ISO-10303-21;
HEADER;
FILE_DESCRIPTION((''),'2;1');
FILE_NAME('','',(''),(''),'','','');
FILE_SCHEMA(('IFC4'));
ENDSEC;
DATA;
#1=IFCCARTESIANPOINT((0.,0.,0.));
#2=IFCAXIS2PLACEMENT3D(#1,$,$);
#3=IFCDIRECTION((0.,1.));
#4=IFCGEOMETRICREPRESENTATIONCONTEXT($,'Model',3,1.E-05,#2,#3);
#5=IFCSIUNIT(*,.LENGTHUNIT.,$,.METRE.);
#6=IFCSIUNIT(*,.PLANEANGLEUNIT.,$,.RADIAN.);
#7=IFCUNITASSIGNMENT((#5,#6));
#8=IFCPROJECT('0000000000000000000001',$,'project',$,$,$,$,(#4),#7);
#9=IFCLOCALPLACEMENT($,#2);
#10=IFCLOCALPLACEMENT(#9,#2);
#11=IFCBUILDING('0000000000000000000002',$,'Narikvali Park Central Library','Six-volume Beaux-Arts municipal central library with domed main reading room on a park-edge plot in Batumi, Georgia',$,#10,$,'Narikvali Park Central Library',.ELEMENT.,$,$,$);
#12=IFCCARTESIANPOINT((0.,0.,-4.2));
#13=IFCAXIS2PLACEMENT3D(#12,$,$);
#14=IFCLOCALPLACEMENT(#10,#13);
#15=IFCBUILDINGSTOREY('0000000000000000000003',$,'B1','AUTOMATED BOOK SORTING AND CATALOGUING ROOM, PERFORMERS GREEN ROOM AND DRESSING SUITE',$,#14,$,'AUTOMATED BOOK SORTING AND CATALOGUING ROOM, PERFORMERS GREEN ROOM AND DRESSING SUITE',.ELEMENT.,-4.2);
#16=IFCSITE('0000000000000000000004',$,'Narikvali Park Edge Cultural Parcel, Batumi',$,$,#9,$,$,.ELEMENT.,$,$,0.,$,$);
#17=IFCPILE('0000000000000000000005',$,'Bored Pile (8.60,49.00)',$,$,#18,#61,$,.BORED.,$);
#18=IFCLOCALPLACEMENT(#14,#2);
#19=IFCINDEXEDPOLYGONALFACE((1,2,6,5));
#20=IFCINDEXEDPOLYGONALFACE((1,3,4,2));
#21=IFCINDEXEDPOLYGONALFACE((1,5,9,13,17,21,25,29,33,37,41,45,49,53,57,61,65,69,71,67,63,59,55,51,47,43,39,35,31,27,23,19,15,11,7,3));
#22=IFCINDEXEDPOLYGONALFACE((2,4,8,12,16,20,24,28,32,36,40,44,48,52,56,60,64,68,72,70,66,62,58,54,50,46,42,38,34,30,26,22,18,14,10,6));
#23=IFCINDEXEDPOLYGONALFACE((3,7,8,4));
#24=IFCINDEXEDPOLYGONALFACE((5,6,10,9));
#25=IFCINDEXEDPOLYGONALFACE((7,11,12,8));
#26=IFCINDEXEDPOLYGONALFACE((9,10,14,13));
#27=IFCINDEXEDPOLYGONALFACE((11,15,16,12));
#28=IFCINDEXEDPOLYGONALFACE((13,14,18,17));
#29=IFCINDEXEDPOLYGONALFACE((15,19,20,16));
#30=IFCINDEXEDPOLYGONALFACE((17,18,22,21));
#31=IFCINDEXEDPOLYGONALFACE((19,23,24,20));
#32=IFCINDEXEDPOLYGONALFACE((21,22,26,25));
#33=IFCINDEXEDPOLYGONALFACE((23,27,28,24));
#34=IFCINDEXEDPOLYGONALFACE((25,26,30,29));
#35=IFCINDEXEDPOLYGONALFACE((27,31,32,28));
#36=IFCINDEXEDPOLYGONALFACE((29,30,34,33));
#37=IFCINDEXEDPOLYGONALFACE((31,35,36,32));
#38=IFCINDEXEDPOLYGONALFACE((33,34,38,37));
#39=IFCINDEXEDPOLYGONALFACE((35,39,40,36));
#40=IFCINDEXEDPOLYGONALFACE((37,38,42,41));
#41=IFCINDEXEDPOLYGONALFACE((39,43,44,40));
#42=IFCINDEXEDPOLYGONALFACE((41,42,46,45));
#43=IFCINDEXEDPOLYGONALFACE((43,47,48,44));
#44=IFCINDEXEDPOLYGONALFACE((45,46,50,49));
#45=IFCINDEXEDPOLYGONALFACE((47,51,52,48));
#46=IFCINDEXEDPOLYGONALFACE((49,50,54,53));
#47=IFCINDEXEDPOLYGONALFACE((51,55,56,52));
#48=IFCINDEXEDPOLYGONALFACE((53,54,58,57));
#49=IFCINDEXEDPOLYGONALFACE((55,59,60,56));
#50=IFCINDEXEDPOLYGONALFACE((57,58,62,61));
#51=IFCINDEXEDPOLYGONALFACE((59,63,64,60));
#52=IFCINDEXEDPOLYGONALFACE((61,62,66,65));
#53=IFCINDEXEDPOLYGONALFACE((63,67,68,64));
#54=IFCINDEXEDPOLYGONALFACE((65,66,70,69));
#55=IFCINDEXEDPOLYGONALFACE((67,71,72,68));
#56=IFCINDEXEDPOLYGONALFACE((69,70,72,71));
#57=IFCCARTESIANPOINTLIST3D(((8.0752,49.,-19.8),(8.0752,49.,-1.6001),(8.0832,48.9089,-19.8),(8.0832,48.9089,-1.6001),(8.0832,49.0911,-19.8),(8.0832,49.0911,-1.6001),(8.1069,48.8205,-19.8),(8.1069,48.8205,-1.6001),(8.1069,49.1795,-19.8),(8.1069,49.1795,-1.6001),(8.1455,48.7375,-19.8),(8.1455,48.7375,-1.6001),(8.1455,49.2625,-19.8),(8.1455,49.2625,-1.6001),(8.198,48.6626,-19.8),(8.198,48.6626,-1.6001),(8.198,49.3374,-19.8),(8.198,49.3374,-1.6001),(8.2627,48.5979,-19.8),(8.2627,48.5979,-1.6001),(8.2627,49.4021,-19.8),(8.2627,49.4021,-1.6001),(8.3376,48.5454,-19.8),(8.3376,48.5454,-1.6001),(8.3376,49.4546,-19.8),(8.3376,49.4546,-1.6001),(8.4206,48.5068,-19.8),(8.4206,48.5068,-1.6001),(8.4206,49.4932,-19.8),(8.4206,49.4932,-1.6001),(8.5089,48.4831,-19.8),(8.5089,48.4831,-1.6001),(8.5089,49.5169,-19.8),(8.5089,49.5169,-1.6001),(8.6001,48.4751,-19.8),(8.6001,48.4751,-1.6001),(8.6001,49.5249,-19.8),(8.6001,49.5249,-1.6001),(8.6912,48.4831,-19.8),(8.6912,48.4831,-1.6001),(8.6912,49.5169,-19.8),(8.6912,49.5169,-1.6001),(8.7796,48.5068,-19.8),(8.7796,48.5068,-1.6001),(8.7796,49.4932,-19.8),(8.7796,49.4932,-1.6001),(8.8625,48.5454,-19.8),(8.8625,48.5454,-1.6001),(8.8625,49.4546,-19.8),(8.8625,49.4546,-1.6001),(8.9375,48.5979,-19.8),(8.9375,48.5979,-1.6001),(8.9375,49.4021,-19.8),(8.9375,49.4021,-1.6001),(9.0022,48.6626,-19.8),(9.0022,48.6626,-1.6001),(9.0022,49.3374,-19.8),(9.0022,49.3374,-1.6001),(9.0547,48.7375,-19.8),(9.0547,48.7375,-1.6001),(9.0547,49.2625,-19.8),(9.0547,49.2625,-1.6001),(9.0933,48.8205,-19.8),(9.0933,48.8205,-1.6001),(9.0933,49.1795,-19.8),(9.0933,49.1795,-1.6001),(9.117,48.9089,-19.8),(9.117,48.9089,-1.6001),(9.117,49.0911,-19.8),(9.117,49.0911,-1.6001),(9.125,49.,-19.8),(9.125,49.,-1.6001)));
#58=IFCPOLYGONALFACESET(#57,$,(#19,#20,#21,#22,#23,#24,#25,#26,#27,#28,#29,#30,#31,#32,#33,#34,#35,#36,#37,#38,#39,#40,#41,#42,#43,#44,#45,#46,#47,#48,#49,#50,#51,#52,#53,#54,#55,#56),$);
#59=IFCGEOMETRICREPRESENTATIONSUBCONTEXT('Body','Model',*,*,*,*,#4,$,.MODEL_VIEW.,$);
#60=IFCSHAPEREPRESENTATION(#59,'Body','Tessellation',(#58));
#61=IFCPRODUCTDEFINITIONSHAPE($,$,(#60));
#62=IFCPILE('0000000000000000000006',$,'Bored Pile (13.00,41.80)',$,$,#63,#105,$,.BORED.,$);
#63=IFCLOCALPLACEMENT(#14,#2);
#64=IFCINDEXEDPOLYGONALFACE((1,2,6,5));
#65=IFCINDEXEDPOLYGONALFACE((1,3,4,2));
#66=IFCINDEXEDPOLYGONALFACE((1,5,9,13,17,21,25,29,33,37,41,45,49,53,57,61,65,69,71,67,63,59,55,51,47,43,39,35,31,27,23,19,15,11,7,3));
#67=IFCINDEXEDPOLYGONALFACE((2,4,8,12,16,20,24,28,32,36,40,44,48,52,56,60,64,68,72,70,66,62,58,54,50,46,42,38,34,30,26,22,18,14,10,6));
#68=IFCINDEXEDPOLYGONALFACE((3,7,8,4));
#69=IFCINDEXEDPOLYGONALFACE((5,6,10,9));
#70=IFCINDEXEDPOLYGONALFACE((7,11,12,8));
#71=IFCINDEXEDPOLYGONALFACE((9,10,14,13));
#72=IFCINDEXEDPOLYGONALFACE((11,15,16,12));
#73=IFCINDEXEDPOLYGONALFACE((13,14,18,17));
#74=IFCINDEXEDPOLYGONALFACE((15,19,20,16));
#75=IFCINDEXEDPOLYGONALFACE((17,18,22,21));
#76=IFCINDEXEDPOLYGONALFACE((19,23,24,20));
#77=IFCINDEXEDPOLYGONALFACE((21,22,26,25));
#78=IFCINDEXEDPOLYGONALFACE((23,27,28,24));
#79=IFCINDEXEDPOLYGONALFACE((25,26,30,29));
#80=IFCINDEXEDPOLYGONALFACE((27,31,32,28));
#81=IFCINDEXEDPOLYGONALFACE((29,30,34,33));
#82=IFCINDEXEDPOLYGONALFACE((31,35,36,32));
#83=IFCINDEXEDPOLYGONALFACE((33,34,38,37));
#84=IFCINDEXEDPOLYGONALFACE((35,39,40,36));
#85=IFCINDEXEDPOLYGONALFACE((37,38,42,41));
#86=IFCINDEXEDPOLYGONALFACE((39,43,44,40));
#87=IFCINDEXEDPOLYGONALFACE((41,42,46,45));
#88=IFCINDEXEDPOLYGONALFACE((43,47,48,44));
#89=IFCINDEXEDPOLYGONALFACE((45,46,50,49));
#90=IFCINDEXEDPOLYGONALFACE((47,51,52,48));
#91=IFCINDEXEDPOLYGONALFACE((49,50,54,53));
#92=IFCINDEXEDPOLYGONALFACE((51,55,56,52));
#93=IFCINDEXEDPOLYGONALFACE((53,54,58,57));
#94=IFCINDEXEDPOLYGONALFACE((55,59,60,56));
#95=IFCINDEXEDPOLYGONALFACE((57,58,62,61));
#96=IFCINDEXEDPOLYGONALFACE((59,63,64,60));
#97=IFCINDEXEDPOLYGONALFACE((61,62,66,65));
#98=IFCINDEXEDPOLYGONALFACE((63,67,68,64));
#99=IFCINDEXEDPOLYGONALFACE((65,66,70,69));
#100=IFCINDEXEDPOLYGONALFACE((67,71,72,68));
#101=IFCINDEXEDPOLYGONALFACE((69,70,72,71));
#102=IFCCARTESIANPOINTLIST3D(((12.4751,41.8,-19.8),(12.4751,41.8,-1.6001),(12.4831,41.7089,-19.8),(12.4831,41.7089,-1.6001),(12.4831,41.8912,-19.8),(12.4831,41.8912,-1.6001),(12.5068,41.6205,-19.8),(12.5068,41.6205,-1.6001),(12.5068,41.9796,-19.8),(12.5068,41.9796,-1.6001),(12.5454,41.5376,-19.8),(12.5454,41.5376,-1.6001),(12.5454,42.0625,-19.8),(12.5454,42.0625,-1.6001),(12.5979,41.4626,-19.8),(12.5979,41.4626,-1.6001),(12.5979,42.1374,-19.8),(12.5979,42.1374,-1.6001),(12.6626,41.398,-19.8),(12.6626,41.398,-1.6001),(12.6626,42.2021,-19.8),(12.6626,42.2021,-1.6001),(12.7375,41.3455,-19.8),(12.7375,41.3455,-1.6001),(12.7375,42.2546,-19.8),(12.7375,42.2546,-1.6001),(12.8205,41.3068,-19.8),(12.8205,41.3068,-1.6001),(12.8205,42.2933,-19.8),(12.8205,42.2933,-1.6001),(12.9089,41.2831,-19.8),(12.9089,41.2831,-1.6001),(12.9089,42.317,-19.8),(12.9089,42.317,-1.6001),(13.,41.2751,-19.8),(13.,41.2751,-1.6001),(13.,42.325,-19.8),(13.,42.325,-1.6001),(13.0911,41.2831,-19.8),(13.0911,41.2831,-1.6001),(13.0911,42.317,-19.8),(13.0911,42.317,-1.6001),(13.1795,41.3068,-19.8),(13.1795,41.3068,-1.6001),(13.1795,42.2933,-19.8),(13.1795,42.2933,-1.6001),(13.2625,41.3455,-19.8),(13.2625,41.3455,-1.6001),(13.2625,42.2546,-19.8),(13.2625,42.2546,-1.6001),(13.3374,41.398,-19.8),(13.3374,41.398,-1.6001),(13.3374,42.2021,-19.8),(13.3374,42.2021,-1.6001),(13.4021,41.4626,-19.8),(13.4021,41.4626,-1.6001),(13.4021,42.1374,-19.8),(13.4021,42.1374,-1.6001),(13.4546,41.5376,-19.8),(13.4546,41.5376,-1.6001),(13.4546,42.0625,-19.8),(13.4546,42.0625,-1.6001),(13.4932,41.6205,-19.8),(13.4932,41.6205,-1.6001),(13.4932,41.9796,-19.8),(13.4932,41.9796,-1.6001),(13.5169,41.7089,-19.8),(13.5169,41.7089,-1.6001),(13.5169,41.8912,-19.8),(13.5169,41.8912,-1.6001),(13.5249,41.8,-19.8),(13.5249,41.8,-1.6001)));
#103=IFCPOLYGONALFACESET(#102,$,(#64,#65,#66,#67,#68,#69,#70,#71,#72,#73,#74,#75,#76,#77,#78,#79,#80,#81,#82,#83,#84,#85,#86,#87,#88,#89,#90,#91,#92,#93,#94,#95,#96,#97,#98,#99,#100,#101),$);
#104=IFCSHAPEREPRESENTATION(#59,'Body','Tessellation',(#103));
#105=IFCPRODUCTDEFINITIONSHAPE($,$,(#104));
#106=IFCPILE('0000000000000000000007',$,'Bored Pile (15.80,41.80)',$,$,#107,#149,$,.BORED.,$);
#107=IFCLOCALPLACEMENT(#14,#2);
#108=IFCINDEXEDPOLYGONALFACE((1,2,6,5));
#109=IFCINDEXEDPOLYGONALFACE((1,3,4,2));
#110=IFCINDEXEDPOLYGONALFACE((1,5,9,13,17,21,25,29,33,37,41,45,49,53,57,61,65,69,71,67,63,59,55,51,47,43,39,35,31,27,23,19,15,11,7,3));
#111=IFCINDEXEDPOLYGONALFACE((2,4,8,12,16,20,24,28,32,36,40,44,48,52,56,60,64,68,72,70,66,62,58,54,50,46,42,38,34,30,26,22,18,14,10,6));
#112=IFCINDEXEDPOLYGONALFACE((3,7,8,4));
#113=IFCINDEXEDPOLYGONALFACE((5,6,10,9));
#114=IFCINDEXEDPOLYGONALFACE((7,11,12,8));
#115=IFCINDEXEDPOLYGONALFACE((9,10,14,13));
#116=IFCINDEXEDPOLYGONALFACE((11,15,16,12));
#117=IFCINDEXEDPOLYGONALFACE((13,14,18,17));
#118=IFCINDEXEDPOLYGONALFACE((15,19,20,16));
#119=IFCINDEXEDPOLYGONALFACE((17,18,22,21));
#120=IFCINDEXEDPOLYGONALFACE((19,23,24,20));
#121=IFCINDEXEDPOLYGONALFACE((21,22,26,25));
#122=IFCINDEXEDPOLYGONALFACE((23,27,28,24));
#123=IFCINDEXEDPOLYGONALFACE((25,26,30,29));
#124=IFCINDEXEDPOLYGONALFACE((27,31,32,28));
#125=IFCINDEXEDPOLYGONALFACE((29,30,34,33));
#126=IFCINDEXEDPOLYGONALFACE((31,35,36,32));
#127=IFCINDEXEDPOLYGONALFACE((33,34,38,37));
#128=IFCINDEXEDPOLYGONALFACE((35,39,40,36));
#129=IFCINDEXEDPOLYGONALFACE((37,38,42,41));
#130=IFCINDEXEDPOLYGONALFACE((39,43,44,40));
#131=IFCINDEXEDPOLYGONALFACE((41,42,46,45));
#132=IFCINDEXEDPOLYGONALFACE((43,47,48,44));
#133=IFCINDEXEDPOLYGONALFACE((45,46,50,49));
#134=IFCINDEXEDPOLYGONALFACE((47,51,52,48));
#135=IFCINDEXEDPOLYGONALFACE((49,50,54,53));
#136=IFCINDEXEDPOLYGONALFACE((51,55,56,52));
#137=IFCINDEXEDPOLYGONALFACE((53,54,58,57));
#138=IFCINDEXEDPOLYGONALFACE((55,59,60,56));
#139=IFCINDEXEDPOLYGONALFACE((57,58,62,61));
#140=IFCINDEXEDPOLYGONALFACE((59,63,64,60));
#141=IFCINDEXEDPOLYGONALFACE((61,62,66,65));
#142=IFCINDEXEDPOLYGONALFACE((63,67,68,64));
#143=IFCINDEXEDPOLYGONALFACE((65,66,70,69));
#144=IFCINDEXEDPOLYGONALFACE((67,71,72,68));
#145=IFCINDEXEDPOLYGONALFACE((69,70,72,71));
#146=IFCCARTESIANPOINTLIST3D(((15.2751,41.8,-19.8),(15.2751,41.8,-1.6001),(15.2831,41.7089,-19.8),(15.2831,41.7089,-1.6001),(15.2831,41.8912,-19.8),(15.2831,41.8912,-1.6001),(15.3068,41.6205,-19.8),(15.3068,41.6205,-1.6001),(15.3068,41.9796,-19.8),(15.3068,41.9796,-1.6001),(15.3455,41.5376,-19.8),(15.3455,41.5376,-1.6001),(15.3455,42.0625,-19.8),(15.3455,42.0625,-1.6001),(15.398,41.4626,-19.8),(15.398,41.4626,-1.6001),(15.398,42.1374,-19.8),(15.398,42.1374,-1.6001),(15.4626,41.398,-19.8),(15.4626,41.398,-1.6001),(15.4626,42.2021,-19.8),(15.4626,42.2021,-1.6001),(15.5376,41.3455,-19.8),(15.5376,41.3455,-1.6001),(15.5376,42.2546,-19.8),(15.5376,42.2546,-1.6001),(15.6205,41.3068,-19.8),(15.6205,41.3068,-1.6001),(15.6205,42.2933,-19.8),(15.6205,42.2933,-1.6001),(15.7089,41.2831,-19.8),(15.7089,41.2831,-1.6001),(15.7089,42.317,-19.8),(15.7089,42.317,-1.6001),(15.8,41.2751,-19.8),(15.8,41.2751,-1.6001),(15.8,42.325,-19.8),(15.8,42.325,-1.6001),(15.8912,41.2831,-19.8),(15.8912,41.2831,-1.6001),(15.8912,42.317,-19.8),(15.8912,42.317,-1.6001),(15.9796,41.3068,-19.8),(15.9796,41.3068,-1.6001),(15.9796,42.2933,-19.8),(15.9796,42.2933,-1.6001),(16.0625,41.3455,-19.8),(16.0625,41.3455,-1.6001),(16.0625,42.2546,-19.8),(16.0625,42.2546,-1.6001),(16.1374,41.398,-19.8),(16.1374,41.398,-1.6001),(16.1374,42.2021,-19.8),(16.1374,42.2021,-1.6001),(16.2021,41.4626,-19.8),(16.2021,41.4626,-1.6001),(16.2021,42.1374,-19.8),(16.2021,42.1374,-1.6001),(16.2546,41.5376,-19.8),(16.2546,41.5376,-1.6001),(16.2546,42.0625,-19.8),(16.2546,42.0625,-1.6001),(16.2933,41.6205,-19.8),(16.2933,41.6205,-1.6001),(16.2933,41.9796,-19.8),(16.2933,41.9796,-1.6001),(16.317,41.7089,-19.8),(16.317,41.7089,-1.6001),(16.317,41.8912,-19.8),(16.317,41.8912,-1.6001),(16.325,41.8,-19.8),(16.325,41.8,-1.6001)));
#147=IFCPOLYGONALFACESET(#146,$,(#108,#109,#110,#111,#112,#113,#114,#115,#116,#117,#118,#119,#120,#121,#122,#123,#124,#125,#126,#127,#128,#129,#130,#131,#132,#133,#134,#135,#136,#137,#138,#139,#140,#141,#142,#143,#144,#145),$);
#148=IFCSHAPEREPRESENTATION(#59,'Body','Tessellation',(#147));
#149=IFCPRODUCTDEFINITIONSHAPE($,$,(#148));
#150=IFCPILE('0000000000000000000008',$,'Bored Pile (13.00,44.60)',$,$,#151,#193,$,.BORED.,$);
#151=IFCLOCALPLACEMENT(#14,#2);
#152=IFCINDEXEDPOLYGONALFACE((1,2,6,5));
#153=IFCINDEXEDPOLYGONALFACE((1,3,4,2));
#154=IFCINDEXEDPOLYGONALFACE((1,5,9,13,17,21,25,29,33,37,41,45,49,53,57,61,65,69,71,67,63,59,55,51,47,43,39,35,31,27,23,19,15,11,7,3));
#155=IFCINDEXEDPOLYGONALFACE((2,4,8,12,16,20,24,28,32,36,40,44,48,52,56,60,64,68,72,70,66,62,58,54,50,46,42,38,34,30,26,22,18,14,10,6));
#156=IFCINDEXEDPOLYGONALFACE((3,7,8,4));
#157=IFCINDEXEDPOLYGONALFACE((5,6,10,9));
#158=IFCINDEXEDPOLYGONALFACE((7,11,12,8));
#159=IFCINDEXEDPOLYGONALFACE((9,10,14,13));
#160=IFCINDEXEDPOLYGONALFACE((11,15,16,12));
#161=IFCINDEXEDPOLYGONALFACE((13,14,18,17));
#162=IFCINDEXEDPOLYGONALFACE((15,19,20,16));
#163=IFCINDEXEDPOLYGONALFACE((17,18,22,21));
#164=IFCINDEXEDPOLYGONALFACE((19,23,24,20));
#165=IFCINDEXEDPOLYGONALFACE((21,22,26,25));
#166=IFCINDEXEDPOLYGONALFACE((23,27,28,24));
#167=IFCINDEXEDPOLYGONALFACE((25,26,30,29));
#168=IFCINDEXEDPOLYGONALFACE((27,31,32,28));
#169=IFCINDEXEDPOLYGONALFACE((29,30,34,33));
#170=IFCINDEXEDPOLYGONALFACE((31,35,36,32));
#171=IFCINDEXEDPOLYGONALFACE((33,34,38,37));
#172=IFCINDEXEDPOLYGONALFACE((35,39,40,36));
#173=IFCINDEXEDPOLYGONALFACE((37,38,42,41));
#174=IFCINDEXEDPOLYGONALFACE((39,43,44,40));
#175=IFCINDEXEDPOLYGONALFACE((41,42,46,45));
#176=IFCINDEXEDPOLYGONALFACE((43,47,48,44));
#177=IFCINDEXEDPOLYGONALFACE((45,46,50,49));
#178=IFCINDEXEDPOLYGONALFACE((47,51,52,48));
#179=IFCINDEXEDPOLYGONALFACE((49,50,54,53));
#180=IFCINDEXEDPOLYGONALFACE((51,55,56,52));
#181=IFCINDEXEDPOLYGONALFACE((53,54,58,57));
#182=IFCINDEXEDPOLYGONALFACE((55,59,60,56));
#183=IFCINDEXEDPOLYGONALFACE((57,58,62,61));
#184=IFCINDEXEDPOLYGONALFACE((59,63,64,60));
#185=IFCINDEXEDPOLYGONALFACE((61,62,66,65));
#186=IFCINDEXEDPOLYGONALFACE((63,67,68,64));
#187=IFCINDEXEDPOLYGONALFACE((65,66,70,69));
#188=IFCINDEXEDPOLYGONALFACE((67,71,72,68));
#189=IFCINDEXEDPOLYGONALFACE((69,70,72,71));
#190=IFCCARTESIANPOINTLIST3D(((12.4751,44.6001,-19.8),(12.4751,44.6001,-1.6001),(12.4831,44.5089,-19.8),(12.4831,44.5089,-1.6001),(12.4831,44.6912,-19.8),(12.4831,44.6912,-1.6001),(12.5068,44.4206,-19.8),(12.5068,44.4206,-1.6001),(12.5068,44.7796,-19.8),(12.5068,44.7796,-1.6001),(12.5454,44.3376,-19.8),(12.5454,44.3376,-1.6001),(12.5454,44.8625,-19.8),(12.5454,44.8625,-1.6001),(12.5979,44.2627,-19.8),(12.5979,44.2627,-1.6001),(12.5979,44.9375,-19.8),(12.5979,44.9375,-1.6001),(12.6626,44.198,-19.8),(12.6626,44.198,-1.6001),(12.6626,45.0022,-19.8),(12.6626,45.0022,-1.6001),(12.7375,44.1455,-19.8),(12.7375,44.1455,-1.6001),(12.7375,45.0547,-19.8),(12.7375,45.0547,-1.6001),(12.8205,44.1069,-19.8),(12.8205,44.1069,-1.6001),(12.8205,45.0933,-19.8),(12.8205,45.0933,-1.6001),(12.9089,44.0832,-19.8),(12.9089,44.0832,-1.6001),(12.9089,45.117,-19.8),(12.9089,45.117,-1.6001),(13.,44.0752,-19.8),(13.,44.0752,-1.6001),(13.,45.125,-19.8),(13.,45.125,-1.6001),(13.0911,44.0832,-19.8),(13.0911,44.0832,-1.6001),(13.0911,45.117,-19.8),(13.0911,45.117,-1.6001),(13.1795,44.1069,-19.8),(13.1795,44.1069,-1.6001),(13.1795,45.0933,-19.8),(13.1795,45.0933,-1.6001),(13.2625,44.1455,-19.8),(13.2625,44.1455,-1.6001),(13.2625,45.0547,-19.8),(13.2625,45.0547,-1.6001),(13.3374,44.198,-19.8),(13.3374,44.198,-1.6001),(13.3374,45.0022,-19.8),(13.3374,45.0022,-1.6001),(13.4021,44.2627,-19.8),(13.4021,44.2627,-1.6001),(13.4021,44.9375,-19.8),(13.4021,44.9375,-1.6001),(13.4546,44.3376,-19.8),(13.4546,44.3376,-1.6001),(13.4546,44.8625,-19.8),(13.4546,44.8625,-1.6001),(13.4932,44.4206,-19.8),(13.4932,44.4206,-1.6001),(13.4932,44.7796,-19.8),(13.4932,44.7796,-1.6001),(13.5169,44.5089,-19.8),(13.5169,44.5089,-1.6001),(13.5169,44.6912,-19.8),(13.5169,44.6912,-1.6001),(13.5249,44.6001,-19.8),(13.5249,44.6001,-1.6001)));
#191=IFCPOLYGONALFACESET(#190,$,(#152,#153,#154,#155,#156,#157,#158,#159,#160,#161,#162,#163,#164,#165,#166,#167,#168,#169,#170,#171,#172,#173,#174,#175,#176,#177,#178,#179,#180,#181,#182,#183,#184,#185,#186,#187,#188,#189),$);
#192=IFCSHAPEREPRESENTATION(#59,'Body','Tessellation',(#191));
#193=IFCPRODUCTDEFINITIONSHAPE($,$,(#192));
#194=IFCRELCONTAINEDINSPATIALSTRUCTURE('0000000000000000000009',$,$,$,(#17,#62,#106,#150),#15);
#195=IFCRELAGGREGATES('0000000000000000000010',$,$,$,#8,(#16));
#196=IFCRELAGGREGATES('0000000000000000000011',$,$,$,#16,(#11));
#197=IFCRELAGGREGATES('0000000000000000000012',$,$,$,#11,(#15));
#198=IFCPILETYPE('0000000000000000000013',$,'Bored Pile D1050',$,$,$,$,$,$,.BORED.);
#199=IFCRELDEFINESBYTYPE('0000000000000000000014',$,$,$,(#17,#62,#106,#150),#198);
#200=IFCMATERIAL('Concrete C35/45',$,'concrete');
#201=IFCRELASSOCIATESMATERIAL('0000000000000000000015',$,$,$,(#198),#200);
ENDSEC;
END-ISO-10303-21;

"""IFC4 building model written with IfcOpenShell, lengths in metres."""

from ifc_helpers import new_model, si_unit, direction, frame, origin, origin_2d, place, context, subcontext, project, spatial, circle, extrude, material, material_profile, profile_set, type_object, element, save


model = new_model("IFC4")

# Units and contexts
model_context = context("Model", 3, precision=1e-05, world=origin(), true_north=direction((0.0, 1.0)))
body_context = subcontext(model_context, "Body", "Model", "MODEL_VIEW")
ifc_project = project(units=[si_unit("LENGTHUNIT", "METRE"), si_unit("PLANEANGLEUNIT", "RADIAN")], contexts=[model_context])

# Site, building, storey
site_placement = place(None, origin())
site = spatial("IfcSite", under=ifc_project, at=site_placement, Name="Narikvali Park Edge Cultural Parcel, Batumi", CompositionType="ELEMENT", RefElevation=0.0)
building_placement = place(site_placement, origin())
building = spatial("IfcBuilding", under=site, at=building_placement, Name="Narikvali Park Central Library", Description="Six-volume Beaux-Arts municipal central library with domed main reading room on a park-edge plot in Batumi, Georgia", LongName="Narikvali Park Central Library", CompositionType="ELEMENT")
storey_placement = place(building_placement, frame((0.0, 0.0, -4.2)))
storey = spatial("IfcBuildingStorey", under=building, at=storey_placement, Name="B1", Description="AUTOMATED BOOK SORTING AND CATALOGUING ROOM, PERFORMERS GREEN ROOM AND DRESSING SUITE", LongName="AUTOMATED BOOK SORTING AND CATALOGUING ROOM, PERFORMERS GREEN ROOM AND DRESSING SUITE", CompositionType="ELEMENT", Elevation=-4.2)

# Piles
ifc_material_1 = material(Name="Concrete C35/45", Category="concrete")
ifc_material_profile_1 = material_profile(ifc_material_1, circle(Radius=0.5249, at=origin_2d()), Name="PILE D1050")
ifc_profile_set_1 = profile_set([ifc_material_profile_1], Name="Concrete C35/45")
pile_type = type_object("IfcPileType", Name="Bored Pile D1050", PredefinedType="BORED", material=ifc_profile_set_1)
for number, where, z_axis, x_axis, name in (
    (1, (8.6001, 49.0, -1.6001), (0.0, 0.0, -1.0), (1.0, 0.0, 0.0), "Bored Pile (8.60,49.00)"),
    (2, (13.0, 41.8, -1.6001), (0.0, 0.0, -1.0), (1.0, 0.0, 0.0), "Bored Pile (13.00,41.80)"),
    (3, (15.8, 41.8, -1.6001), (0.0, 0.0, -1.0), (1.0, 0.0, 0.0), "Bored Pile (15.80,41.80)"),
    (4, (13.0, 44.6001, -1.6001), (0.0, 0.0, -1.0), (1.0, 0.0, 0.0), "Bored Pile (13.00,44.60)"),
):
    element("IfcPile", number, at=place(storey_placement, frame(where, z_axis=z_axis, x_axis=x_axis)), inside=storey, type_object=pile_type, Name=name, PredefinedType="BORED", context=body_context, shape_type="SweptSolid", body=[
        extrude(circle(Radius=0.5249, at=origin_2d()), origin(), (0.0, 0.0, 1.0), 18.2),
    ])

save(model, "model.ifc")
